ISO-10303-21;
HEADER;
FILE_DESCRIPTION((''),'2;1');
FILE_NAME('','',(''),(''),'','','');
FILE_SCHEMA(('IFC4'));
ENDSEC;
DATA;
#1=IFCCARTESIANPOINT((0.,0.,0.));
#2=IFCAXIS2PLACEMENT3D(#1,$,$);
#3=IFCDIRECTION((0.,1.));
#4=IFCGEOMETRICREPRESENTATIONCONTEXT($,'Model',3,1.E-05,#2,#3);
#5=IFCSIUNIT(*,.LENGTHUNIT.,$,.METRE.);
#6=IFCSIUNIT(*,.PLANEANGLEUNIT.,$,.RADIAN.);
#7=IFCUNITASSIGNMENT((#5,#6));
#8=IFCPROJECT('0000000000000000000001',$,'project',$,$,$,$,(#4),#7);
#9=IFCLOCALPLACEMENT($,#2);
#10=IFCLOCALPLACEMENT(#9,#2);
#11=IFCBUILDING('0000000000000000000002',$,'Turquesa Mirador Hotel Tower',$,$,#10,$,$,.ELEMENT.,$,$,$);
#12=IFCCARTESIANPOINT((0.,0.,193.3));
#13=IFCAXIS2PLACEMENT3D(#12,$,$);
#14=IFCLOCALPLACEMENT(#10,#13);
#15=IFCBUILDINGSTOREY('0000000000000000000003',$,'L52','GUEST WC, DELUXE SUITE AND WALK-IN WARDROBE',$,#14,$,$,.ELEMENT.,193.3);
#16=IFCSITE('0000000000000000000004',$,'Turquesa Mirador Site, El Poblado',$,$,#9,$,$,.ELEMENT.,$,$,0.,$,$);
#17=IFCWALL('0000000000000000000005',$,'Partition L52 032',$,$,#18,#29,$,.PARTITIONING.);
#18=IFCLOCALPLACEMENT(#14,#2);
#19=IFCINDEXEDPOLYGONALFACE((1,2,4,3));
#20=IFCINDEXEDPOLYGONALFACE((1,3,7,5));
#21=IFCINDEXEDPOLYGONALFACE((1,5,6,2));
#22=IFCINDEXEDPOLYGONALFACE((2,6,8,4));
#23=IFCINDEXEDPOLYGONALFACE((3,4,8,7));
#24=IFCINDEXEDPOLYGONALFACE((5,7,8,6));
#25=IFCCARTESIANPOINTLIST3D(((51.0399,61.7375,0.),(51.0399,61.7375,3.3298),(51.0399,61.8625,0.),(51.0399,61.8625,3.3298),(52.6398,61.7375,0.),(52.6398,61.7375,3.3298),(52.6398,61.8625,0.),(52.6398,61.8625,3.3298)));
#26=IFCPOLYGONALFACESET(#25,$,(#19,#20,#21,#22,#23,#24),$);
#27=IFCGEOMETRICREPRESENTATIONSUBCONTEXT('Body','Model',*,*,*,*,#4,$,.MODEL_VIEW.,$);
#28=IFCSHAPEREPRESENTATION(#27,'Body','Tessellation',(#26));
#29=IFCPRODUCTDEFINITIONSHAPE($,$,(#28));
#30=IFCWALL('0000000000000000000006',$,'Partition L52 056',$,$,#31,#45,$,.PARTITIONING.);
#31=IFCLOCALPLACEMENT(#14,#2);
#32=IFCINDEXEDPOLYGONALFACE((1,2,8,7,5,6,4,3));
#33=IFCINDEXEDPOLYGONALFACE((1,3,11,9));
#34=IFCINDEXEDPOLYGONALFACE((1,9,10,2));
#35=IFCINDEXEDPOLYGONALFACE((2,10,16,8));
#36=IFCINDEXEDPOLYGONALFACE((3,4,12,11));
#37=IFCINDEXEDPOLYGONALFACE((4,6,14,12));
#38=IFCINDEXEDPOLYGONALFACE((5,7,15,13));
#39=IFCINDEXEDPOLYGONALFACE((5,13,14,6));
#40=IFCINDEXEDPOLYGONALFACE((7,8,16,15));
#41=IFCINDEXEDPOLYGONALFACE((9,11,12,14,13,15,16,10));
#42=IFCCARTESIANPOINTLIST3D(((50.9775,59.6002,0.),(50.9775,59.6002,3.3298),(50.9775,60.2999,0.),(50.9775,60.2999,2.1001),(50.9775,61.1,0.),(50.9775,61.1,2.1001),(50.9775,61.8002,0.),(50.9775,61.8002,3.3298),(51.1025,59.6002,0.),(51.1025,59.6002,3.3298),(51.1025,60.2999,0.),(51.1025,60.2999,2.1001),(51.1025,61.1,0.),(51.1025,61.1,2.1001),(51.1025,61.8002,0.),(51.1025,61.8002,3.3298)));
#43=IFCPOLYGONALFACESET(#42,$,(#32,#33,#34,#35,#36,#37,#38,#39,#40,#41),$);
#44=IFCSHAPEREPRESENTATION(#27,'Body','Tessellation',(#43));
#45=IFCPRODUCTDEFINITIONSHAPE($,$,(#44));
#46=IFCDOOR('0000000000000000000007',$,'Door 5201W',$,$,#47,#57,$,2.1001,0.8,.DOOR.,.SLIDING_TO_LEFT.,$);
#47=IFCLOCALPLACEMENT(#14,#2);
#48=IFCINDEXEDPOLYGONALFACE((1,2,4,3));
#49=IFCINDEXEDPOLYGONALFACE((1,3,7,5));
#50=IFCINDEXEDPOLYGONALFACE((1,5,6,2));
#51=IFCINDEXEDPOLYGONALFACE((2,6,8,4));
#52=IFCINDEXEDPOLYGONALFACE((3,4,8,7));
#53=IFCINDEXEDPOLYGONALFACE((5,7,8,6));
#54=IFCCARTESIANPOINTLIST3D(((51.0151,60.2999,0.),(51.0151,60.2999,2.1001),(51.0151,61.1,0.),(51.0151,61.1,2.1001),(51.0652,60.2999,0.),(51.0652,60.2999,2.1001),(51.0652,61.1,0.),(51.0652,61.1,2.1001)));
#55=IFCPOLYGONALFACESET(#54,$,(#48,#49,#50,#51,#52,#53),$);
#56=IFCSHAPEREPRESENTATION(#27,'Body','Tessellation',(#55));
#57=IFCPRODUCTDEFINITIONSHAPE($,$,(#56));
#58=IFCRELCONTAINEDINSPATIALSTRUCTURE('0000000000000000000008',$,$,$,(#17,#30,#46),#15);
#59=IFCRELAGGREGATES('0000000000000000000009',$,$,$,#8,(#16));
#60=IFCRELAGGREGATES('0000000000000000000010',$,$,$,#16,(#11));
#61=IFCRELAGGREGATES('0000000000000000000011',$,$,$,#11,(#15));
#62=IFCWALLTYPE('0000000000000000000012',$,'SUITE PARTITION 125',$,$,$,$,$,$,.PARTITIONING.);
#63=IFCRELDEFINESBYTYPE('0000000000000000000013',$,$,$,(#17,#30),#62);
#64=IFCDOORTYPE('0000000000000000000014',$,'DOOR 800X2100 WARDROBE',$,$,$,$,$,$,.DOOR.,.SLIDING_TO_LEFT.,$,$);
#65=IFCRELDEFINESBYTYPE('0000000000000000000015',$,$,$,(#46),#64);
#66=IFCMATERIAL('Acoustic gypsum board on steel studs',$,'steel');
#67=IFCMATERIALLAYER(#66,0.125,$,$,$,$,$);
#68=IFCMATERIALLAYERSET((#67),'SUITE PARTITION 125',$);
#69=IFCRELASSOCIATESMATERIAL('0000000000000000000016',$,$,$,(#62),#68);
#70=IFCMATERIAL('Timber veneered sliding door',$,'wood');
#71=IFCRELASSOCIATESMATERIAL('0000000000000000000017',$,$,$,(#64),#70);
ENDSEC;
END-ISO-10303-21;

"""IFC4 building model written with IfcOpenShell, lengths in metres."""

from ifc_helpers import new_model, si_unit, direction, frame, frame_2d, origin, place, context, subcontext, project, spatial, rectangle, extrude, material, layer, layer_set, type_object, element, fill, save


model = new_model("IFC4")

# Units and contexts
model_context = context("Model", 3, precision=1e-05, world=origin(), true_north=direction((0.0, 1.0)))
body_context = subcontext(model_context, "Body", "Model", "MODEL_VIEW")
ifc_project = project(units=[si_unit("LENGTHUNIT", "METRE"), si_unit("PLANEANGLEUNIT", "RADIAN")], contexts=[model_context])

# Site, building, storey
site_placement = place(None, origin())
site = spatial("IfcSite", under=ifc_project, at=site_placement, Name="Turquesa Mirador Site, El Poblado", CompositionType="ELEMENT", RefElevation=0.0)
building_placement = place(site_placement, origin())
building = spatial("IfcBuilding", under=site, at=building_placement, Name="Turquesa Mirador Hotel Tower", CompositionType="ELEMENT")
storey_placement = place(building_placement, frame((0.0, 0.0, 193.3)))
storey = spatial("IfcBuildingStorey", under=building, at=storey_placement, Name="L52", Description="GUEST WC, DELUXE SUITE AND WALK-IN WARDROBE", CompositionType="ELEMENT", Elevation=193.3)

# Wall
ifc_material_1 = material(Name="Acoustic gypsum board on steel studs", Category="steel")
ifc_layer_1 = layer(ifc_material_1, 0.125)
ifc_layer_set_1 = layer_set([ifc_layer_1], Name="SUITE PARTITION 125")
wall_type_1 = type_object("IfcWallType", Name="SUITE PARTITION 125", PredefinedType="PARTITIONING", material=ifc_layer_set_1)
wall_1_placement = place(storey_placement, frame((51.04, 61.8, 0.0), z_axis=(0.0, 0.0, 1.0), x_axis=(1.0, 0.0, 0.0)))
element("IfcWall", 1, at=wall_1_placement, inside=storey, type_object=wall_type_1, Name="Partition L52 032", PredefinedType="PARTITIONING", context=body_context, shape_type="SweptSolid", body=[
    extrude(rectangle(XDim=1.5999, YDim=0.125, at=frame_2d((0.7998, 0.0))), origin(), (0.0, 0.0, 1.0), 3.3298),
])

# Wall, opening, door
wall_2_placement = place(storey_placement, frame((51.04, 59.6001, 0.0), z_axis=(0.0, 0.0, 1.0), x_axis=(0.0, 1.0, 0.0)))
wall_2 = element("IfcWall", 2, at=wall_2_placement, inside=storey, type_object=wall_type_1, Name="Partition L52 056", PredefinedType="PARTITIONING", context=body_context, shape_type="SweptSolid", body=[
    extrude(rectangle(XDim=2.2, YDim=0.125, at=frame_2d((1.1001, 0.0))), origin(), (0.0, 0.0, 1.0), 3.3298),
])
opening_1_placement = place(wall_2_placement, frame((0.7, 0.0, 0.0)))
opening_1 = element("IfcOpeningElement", 3, at=opening_1_placement, cuts=wall_2, PredefinedType="OPENING", context=body_context, shape_type="SweptSolid", body=[
    extrude(rectangle(XDim=0.8, YDim=2.1001, at=frame_2d((0.3999, 1.05))), frame((0.0, 0.0725, 0.0), z_axis=(0.0, -1.0, 0.0), x_axis=(1.0, 0.0, 0.0)), (0.0, 0.0, 1.0), 0.145),
])
ifc_material_2 = material(Name="Timber veneered sliding door", Category="wood")
door_type_1 = type_object("IfcDoorType", Name="DOOR 800X2100 WARDROBE", OperationType="SLIDING_TO_LEFT", PredefinedType="DOOR", material=ifc_material_2)
door_1_placement = place(opening_1_placement, origin())
door_1 = element("IfcDoor", 4, at=door_1_placement, inside=storey, type_object=door_type_1, Name="Door 5201W", OperationType="SLIDING_TO_LEFT", OverallHeight=2.1001, OverallWidth=0.8, PredefinedType="DOOR", context=body_context, shape_type="SweptSolid", body=[
    extrude(rectangle(XDim=0.8, YDim=2.1001, at=frame_2d((0.3999, 1.05))), frame((0.0, 0.0249, 0.0), z_axis=(0.0, -1.0, 0.0), x_axis=(1.0, 0.0, 0.0)), (0.0, 0.0, 1.0), 0.05),
])
fill(opening_1, door_1)

save(model, "model.ifc")
